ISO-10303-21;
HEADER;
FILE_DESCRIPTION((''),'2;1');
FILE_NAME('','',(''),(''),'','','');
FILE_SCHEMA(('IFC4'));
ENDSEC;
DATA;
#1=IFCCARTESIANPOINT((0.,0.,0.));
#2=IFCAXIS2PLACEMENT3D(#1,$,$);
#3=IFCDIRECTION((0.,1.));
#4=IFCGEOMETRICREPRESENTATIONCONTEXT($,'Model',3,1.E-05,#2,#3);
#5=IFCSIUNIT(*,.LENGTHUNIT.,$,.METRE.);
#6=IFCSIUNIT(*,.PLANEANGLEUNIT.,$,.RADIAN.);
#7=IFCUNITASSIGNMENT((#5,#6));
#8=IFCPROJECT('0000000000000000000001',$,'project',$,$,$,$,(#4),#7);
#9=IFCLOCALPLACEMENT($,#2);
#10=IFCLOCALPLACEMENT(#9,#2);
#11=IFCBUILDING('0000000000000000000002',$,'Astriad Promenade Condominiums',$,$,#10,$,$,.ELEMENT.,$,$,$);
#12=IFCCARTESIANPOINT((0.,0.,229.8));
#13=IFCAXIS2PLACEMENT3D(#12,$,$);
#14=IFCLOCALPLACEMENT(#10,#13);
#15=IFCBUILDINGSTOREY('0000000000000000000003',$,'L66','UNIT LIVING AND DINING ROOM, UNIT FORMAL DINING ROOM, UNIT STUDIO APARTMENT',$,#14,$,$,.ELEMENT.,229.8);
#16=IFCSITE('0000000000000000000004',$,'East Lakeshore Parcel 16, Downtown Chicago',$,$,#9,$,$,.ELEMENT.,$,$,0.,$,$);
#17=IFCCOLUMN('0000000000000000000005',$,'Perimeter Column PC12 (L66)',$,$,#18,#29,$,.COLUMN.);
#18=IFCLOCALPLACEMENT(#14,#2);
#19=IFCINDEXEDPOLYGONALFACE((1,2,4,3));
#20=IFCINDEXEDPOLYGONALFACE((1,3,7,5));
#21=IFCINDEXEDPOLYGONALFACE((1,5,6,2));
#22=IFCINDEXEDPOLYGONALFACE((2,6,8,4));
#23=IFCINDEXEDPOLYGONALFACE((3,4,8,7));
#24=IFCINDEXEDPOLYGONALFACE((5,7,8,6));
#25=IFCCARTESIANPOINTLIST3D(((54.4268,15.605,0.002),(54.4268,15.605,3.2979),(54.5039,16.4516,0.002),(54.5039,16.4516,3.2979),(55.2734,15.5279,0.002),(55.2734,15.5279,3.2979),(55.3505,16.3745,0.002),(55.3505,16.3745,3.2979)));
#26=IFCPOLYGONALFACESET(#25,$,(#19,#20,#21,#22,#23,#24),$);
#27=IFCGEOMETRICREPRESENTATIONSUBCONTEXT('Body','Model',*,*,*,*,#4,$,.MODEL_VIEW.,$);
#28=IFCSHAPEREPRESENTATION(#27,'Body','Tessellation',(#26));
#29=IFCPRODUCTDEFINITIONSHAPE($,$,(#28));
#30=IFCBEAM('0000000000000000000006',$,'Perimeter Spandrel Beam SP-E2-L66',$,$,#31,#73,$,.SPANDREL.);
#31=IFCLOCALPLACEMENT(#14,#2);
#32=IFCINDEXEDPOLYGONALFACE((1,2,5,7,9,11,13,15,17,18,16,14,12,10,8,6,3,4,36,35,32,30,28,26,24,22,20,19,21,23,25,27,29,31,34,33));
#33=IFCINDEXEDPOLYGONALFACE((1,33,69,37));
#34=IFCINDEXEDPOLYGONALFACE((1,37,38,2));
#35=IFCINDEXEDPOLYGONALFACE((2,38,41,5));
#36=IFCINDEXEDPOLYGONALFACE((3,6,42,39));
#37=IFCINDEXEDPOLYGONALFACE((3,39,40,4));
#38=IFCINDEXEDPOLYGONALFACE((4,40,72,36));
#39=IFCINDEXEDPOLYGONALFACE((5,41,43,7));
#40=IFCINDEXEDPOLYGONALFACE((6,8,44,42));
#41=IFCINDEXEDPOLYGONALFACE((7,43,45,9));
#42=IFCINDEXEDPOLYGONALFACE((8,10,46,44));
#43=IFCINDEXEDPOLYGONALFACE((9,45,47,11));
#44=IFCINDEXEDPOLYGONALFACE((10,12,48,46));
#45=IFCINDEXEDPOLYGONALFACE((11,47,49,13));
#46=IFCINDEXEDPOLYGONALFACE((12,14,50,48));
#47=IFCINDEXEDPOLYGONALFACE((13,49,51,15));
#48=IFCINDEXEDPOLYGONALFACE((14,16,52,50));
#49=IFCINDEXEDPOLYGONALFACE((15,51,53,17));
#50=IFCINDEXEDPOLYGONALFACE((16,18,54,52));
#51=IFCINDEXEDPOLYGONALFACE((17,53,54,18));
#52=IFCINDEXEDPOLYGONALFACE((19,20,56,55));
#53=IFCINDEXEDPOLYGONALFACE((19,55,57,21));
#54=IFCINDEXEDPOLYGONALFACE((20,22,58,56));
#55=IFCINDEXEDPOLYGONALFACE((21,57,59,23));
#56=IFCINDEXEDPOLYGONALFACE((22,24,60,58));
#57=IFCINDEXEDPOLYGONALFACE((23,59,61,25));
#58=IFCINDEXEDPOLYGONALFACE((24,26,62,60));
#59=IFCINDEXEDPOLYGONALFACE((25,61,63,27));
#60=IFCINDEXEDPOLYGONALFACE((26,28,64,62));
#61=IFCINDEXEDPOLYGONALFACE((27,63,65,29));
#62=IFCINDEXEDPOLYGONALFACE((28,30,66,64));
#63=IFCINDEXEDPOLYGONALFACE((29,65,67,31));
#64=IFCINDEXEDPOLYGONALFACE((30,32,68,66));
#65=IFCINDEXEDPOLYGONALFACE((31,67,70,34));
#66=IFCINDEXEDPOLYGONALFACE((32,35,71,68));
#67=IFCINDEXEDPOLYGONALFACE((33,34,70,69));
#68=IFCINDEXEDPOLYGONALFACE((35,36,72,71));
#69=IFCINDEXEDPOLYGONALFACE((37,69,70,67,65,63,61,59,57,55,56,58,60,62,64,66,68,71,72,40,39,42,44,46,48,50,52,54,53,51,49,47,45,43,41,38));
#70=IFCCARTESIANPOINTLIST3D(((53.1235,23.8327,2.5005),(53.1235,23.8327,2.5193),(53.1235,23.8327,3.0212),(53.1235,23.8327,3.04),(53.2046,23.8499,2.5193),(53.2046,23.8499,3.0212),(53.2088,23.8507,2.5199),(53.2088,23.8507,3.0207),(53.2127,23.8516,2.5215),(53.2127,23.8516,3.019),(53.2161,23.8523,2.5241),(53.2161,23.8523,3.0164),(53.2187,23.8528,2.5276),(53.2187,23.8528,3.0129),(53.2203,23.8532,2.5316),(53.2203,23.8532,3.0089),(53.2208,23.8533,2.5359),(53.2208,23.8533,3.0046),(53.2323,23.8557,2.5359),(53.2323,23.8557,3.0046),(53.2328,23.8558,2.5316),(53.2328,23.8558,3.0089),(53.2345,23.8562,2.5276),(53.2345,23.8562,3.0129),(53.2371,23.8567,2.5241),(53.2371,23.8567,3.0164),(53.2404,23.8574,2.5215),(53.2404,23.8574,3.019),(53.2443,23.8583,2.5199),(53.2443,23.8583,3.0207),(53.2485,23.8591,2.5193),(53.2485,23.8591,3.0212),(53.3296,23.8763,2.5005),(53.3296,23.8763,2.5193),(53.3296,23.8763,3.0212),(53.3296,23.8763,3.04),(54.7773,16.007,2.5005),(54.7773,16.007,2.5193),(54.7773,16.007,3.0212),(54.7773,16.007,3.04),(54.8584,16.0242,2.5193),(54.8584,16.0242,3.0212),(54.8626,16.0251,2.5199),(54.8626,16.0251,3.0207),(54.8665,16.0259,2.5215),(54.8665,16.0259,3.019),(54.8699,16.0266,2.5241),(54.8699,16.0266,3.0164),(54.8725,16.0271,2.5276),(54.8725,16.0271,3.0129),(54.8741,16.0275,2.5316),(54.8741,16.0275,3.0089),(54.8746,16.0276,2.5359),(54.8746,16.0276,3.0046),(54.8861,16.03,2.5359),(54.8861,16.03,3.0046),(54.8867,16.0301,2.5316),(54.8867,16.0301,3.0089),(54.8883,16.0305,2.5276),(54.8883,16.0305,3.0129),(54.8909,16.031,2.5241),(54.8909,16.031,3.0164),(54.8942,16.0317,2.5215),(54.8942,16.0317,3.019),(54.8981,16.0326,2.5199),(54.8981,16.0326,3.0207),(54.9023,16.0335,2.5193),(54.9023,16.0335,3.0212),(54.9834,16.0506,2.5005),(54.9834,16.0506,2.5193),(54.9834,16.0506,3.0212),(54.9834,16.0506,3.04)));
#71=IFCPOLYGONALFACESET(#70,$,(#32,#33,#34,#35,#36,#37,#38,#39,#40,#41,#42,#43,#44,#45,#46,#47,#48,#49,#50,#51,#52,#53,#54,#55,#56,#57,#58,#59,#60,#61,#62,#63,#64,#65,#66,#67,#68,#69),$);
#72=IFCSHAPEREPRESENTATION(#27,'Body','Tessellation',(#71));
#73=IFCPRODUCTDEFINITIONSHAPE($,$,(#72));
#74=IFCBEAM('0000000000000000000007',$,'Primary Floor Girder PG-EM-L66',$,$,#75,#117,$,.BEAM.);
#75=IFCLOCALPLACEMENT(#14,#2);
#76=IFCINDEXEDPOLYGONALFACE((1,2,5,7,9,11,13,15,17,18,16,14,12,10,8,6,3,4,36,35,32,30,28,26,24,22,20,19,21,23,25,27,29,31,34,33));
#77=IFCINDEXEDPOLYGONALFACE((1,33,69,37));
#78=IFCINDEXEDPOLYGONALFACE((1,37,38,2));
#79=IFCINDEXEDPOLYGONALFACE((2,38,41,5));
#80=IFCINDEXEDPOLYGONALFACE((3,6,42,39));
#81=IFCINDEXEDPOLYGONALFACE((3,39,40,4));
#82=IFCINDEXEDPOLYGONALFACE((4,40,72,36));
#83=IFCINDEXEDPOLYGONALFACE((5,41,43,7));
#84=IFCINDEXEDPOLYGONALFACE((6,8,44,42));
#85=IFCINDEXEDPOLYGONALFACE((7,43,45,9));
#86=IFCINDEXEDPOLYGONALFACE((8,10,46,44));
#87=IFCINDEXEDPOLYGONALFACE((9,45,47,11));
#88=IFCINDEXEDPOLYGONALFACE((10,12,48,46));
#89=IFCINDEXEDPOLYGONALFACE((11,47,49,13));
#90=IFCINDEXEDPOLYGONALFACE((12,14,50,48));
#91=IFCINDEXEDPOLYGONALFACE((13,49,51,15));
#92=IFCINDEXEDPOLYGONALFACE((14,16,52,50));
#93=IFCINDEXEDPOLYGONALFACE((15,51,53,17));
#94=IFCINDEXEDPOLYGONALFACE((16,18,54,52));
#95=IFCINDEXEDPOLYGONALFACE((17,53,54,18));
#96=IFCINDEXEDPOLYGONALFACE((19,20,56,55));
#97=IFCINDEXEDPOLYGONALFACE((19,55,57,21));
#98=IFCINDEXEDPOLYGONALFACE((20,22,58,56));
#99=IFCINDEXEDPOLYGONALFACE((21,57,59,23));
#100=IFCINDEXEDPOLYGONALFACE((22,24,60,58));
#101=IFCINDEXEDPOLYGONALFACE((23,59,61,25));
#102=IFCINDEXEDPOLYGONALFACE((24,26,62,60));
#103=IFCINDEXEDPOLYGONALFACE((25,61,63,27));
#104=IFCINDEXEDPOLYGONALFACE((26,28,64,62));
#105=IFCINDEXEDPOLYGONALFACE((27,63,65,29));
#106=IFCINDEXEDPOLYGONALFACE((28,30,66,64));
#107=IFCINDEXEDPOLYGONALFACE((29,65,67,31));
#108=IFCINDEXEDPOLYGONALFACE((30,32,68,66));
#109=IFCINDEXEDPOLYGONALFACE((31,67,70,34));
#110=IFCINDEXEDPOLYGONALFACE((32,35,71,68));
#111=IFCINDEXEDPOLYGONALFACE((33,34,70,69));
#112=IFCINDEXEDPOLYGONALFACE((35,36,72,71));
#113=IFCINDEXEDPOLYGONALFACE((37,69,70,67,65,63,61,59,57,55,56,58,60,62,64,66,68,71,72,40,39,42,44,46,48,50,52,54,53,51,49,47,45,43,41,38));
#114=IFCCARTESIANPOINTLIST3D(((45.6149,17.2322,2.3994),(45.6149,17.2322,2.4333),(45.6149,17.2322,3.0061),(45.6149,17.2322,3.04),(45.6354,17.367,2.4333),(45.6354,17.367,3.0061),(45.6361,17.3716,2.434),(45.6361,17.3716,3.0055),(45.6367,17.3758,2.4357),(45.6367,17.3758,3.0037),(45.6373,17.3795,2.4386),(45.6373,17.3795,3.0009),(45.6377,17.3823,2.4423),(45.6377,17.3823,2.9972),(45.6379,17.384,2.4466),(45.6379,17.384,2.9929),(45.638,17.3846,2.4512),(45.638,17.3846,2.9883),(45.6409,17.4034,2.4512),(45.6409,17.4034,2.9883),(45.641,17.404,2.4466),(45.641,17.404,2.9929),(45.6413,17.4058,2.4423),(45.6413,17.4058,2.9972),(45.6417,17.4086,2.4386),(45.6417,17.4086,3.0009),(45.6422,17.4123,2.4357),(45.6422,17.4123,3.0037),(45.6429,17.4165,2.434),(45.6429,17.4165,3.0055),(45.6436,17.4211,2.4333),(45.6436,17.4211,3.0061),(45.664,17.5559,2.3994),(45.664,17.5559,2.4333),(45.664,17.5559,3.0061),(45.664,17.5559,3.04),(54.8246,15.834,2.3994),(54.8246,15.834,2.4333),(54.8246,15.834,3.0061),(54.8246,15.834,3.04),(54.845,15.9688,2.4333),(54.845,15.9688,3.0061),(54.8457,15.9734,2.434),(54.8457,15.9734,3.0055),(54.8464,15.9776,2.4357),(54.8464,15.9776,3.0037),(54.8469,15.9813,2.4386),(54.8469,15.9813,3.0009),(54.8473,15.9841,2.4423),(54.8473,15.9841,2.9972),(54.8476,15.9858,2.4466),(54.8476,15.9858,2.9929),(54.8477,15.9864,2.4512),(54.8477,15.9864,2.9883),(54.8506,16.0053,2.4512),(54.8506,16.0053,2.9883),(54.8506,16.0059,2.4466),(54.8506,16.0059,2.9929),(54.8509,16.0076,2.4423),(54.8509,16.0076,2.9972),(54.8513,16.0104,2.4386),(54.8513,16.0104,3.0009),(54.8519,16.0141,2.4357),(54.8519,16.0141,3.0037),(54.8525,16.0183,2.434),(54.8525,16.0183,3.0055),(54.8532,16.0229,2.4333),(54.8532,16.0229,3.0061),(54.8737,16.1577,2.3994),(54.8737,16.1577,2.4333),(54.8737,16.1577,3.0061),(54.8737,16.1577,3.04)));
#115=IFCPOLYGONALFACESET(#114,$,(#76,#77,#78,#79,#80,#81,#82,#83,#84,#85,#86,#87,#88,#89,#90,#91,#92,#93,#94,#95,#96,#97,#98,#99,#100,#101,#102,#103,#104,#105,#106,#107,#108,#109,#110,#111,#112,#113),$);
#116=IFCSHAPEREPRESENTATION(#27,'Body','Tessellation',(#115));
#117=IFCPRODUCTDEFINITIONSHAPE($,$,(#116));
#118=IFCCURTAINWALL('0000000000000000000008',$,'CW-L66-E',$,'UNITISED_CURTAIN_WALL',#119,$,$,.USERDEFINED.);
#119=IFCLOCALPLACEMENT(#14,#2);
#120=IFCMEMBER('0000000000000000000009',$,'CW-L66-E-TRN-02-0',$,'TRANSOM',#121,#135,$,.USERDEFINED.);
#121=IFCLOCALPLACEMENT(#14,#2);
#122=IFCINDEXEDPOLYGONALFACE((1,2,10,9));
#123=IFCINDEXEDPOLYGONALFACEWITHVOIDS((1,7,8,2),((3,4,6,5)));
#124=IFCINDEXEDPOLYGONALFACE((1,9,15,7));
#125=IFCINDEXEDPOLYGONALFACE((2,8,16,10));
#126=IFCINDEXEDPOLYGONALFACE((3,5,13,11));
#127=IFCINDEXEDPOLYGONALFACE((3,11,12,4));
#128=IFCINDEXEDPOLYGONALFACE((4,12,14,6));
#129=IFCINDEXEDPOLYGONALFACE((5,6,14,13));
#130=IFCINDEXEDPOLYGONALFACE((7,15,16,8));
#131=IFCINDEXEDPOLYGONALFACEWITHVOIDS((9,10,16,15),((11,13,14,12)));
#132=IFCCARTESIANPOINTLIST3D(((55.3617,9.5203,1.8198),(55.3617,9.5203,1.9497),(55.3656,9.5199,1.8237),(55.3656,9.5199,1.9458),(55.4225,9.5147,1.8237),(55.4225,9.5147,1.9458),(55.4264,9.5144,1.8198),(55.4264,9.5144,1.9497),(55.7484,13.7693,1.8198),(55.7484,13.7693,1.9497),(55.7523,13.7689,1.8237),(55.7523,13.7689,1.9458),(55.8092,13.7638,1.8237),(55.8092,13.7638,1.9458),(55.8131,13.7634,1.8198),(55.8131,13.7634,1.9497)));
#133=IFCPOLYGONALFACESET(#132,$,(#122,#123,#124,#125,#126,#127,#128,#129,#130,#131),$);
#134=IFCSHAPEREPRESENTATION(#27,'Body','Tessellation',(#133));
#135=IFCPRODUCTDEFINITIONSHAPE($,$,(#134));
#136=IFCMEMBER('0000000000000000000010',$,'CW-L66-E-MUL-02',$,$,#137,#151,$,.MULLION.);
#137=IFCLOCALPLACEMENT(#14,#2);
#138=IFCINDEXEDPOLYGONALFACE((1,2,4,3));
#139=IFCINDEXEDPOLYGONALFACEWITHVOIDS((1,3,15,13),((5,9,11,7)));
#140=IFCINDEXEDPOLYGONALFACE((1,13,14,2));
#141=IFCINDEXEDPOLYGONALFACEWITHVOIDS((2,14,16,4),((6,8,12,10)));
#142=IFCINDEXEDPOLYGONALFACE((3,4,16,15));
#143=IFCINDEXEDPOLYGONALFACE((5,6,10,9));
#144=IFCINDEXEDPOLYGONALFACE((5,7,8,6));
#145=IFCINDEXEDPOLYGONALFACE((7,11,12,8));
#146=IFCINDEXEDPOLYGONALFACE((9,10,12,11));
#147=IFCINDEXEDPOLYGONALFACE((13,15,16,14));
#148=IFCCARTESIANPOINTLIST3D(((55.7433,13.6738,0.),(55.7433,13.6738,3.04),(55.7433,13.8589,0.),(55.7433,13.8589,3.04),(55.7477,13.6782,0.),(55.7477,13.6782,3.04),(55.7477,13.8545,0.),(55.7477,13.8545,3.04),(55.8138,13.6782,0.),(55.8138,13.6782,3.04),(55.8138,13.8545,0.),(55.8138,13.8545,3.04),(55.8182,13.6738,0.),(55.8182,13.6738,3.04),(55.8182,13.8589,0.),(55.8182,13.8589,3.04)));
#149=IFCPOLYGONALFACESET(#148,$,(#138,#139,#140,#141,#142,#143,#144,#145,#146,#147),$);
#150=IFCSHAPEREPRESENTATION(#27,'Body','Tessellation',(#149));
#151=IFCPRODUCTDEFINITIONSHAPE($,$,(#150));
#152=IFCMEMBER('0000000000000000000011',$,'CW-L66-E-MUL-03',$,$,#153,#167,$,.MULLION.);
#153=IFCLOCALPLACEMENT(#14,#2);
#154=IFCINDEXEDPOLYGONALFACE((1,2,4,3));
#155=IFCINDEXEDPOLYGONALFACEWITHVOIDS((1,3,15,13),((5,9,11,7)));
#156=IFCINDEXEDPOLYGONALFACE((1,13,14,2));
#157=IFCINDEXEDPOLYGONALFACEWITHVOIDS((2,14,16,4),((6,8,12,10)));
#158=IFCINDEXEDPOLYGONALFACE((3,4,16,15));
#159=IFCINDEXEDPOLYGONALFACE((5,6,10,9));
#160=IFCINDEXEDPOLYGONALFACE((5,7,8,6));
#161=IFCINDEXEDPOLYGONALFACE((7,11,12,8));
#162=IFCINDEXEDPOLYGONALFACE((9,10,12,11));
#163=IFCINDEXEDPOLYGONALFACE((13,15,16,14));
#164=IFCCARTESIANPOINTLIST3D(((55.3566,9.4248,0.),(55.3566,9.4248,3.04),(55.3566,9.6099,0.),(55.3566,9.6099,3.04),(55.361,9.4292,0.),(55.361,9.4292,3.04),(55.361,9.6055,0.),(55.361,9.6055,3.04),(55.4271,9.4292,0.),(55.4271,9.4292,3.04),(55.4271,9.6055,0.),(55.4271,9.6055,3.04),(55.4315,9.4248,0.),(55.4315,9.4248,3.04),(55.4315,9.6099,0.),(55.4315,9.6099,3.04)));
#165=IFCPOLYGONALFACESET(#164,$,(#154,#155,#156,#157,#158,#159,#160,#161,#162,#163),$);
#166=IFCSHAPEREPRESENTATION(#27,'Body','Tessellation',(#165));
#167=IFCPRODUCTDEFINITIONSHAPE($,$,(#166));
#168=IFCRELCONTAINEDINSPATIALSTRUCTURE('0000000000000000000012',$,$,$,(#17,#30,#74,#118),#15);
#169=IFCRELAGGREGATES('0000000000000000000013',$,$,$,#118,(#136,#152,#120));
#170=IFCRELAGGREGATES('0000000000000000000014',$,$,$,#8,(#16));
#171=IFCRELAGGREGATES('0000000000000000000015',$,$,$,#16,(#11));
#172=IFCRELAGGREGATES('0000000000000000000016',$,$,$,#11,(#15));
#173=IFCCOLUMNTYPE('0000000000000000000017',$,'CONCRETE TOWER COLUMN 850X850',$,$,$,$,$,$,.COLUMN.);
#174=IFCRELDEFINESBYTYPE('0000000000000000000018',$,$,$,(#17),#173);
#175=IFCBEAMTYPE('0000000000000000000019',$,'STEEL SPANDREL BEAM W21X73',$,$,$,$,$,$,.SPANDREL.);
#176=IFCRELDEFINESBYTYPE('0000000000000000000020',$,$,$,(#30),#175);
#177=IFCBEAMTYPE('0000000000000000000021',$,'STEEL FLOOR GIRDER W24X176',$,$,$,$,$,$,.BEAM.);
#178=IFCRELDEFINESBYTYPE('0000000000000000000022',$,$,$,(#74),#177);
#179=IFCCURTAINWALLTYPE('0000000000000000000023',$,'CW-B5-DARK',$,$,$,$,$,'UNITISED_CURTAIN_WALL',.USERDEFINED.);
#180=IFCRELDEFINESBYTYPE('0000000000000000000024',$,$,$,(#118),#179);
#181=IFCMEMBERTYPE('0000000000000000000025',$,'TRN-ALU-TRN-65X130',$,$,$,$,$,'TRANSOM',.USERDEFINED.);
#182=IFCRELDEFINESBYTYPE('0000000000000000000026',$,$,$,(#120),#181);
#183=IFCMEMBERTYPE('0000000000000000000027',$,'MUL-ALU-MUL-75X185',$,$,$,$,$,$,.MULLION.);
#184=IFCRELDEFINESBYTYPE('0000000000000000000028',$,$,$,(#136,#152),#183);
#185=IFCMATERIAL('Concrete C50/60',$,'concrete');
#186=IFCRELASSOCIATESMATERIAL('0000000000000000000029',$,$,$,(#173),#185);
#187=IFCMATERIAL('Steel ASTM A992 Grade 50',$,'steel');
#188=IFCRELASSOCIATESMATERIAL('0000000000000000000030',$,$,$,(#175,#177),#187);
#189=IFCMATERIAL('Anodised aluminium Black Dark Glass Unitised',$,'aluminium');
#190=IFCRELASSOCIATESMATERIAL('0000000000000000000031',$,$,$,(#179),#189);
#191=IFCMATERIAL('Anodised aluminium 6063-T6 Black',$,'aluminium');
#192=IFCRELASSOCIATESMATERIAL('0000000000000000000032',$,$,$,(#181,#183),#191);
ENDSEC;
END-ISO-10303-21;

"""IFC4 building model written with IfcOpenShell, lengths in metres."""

from ifc_helpers import new_model, si_unit, direction, frame, origin, origin_2d, place, context, subcontext, project, spatial, rectangle, hollow_rectangle, i_section, extrude, source, transform, mapped, material, material_profile, profile_set, type_object, type_shapes, element, aggregate, save


model = new_model("IFC4")

# Units and contexts
model_context = context("Model", 3, precision=1e-05, world=origin(), true_north=direction((0.0, 1.0)))
body_context = subcontext(model_context, "Body", "Model", "MODEL_VIEW")
ifc_project = project(units=[si_unit("LENGTHUNIT", "METRE"), si_unit("PLANEANGLEUNIT", "RADIAN")], contexts=[model_context])

# Site, building, storey
site_placement = place(None, origin())
site = spatial("IfcSite", under=ifc_project, at=site_placement, Name="East Lakeshore Parcel 16, Downtown Chicago", CompositionType="ELEMENT", RefElevation=0.0)
building_placement = place(site_placement, origin())
building = spatial("IfcBuilding", under=site, at=building_placement, Name="Astriad Promenade Condominiums", CompositionType="ELEMENT")
storey_placement = place(building_placement, frame((0.0, 0.0, 229.8)))
storey = spatial("IfcBuildingStorey", under=building, at=storey_placement, Name="L66", Description="UNIT LIVING AND DINING ROOM, UNIT FORMAL DINING ROOM, UNIT STUDIO APARTMENT", CompositionType="ELEMENT", Elevation=229.8)

# Column
ifc_material_1 = material(Name="Concrete C50/60", Category="concrete")
ifc_material_profile_1 = material_profile(ifc_material_1, rectangle(XDim=0.8501, YDim=0.8501, at=origin_2d()), Name="RC-COL-850X850")
ifc_profile_set_1 = profile_set([ifc_material_profile_1], Name="Concrete C50/60")
column_type = type_object("IfcColumnType", Name="CONCRETE TOWER COLUMN 850X850", PredefinedType="COLUMN", material=ifc_profile_set_1)
shared_shape_1 = source(origin(), body_context, "Body", "SweptSolid", [
    extrude(rectangle(XDim=0.8501, YDim=0.8501, at=origin_2d()), origin(), (0.0, 0.0, 1.0), 3.2959),
])
type_shapes(column_type, [shared_shape_1])
column_placement = place(storey_placement, frame((54.8887, 15.9897, 0.002), z_axis=(0.0, 0.0, 1.0), x_axis=(0.995884, -0.090633, 0.0)))
element("IfcColumn", 1, at=column_placement, inside=storey, type_object=column_type, Name="Perimeter Column PC12 (L66)", PredefinedType="COLUMN", context=body_context, shape_type="MappedRepresentation", body=[
    mapped(shared_shape_1, transform((0.0, 0.0, 0.0), scale=1.0)),
])

# Beams
ifc_material_2 = material(Name="Steel ASTM A992 Grade 50", Category="steel")
ifc_material_profile_2 = material_profile(ifc_material_2, i_section(OverallWidth=0.2107, OverallDepth=0.5396, WebThickness=0.0117, FlangeThickness=0.0188, FilletRadius=0.0166, at=origin_2d()), Name="W21X73")
ifc_profile_set_2 = profile_set([ifc_material_profile_2], Name="Steel ASTM A992 Grade 50")
beam_type_1 = type_object("IfcBeamType", Name="STEEL SPANDREL BEAM W21X73", PredefinedType="SPANDREL", material=ifc_profile_set_2)
shared_shape_2 = source(origin(), body_context, "Body", "SweptSolid", [
    extrude(i_section(OverallWidth=0.2107, OverallDepth=0.5396, WebThickness=0.0117, FlangeThickness=0.0188, FilletRadius=0.0166, at=origin_2d()), origin(), (0.0, 0.0, 1.0), 7.9985),
])
type_shapes(beam_type_1, [shared_shape_2])
beam_1_placement = place(storey_placement, frame((54.8804, 16.0288, 2.7703), z_axis=(-0.206764, 0.978391, 0.0), x_axis=(-0.978391, -0.206764, 0.0)))
element("IfcBeam", 2, at=beam_1_placement, inside=storey, type_object=beam_type_1, Name="Perimeter Spandrel Beam SP-E2-L66", PredefinedType="SPANDREL", context=body_context, shape_type="MappedRepresentation", body=[
    mapped(shared_shape_2, transform((0.0, 0.0, 0.0), scale=1.0)),
])
ifc_material_profile_3 = material_profile(ifc_material_2, i_section(OverallWidth=0.3274, OverallDepth=0.6406, WebThickness=0.019, FlangeThickness=0.0339, FilletRadius=0.0178, at=origin_2d()), Name="W24X176")
ifc_profile_set_3 = profile_set([ifc_material_profile_3], Name="Steel ASTM A992 Grade 50")
beam_type_2 = type_object("IfcBeamType", Name="STEEL FLOOR GIRDER W24X176", PredefinedType="BEAM", material=ifc_profile_set_3)
shared_shape_3 = source(origin(), body_context, "Body", "SweptSolid", [
    extrude(i_section(OverallWidth=0.3274, OverallDepth=0.6406, WebThickness=0.019, FlangeThickness=0.0339, FilletRadius=0.0178, at=origin_2d()), origin(), (0.0, 0.0, 1.0), 9.3152),
])
type_shapes(beam_type_2, [shared_shape_3])
beam_2_placement = place(storey_placement, frame((54.8491, 15.9958, 2.7197), z_axis=(-0.988671, 0.150097, 0.0), x_axis=(-0.150097, -0.988671, 0.0)))
element("IfcBeam", 3, at=beam_2_placement, inside=storey, type_object=beam_type_2, Name="Primary Floor Girder PG-EM-L66", PredefinedType="BEAM", context=body_context, shape_type="MappedRepresentation", body=[
    mapped(shared_shape_3, transform((0.0, 0.0, 0.0), scale=1.0)),
])

# Curtain wall, members
ifc_material_3 = material(Name="Anodised aluminium Black Dark Glass Unitised", Category="aluminium")
curtain_wall_type = type_object("IfcCurtainWallType", Name="CW-B5-DARK", ElementType="UNITISED_CURTAIN_WALL", PredefinedType="USERDEFINED", material=ifc_material_3)
curtain_wall_placement = place(storey_placement, origin())
curtain_wall = element("IfcCurtainWall", 4, at=curtain_wall_placement, inside=storey, type_object=curtain_wall_type, Name="CW-L66-E", ObjectType="UNITISED_CURTAIN_WALL", PredefinedType="USERDEFINED")
ifc_material_4 = material(Name="Anodised aluminium 6063-T6 Black", Category="aluminium")
ifc_material_profile_4 = material_profile(ifc_material_4, hollow_rectangle(XDim=0.0649, YDim=0.1299, WallThickness=0.0039, at=origin_2d()), Name="ALU-TRN-65X130")
ifc_profile_set_4 = profile_set([ifc_material_profile_4], Name="Anodised aluminium 6063-T6 Black")
member_type_1 = type_object("IfcMemberType", Name="TRN-ALU-TRN-65X130", ElementType="TRANSOM", PredefinedType="USERDEFINED", material=ifc_profile_set_4)
shared_shape_4 = source(origin(), body_context, "Body", "SweptSolid", [
    extrude(hollow_rectangle(XDim=0.0649, YDim=0.1299, WallThickness=0.0039, at=origin_2d()), origin(), (0.0, 0.0, 1.0), 4.2666),
])
type_shapes(member_type_1, [shared_shape_4])
member_1_placement = place(storey_placement, frame((55.7808, 13.7664, 1.8848), z_axis=(-0.090639, -0.995884, 0.0), x_axis=(0.995884, -0.090639, 0.0)))
member_1 = element("IfcMember", 5, at=member_1_placement, type_object=member_type_1, Name="CW-L66-E-TRN-02-0", ObjectType="TRANSOM", PredefinedType="USERDEFINED", context=body_context, shape_type="MappedRepresentation", body=[
    mapped(shared_shape_4, transform((0.0, 0.0, 0.0), scale=1.0)),
])
ifc_material_profile_5 = material_profile(ifc_material_4, hollow_rectangle(XDim=0.075, YDim=0.1851, WallThickness=0.0044, at=origin_2d()), Name="ALU-MUL-75X185")
ifc_profile_set_5 = profile_set([ifc_material_profile_5], Name="Anodised aluminium 6063-T6 Black")
member_type_2 = type_object("IfcMemberType", Name="MUL-ALU-MUL-75X185", PredefinedType="MULLION", material=ifc_profile_set_5)
shared_shape_5 = source(origin(), body_context, "Body", "SweptSolid", [
    extrude(hollow_rectangle(XDim=0.075, YDim=0.1851, WallThickness=0.0044, at=origin_2d()), origin(), (0.0, 0.0, 1.0), 3.04),
])
type_shapes(member_type_2, [shared_shape_5])
member_2_placement = place(storey_placement, frame((55.7808, 13.7664, 0.0), z_axis=(0.0, 0.0, 1.0), x_axis=(1.0, 0.0, 0.0)))
member_2 = element("IfcMember", 6, at=member_2_placement, type_object=member_type_2, Name="CW-L66-E-MUL-02", PredefinedType="MULLION", context=body_context, shape_type="MappedRepresentation", body=[
    mapped(shared_shape_5, transform((0.0, 0.0, 0.0), scale=1.0)),
])
member_3_placement = place(storey_placement, frame((55.394, 9.5173, 0.0), z_axis=(0.0, 0.0, 1.0), x_axis=(1.0, 0.0, 0.0)))
member_3 = element("IfcMember", 7, at=member_3_placement, type_object=member_type_2, Name="CW-L66-E-MUL-03", PredefinedType="MULLION", context=body_context, shape_type="MappedRepresentation", body=[
    mapped(shared_shape_5, transform((0.0, 0.0, 0.0), scale=1.0)),
])
aggregate(curtain_wall, [member_2, member_3, member_1])

save(model, "model.ifc")
